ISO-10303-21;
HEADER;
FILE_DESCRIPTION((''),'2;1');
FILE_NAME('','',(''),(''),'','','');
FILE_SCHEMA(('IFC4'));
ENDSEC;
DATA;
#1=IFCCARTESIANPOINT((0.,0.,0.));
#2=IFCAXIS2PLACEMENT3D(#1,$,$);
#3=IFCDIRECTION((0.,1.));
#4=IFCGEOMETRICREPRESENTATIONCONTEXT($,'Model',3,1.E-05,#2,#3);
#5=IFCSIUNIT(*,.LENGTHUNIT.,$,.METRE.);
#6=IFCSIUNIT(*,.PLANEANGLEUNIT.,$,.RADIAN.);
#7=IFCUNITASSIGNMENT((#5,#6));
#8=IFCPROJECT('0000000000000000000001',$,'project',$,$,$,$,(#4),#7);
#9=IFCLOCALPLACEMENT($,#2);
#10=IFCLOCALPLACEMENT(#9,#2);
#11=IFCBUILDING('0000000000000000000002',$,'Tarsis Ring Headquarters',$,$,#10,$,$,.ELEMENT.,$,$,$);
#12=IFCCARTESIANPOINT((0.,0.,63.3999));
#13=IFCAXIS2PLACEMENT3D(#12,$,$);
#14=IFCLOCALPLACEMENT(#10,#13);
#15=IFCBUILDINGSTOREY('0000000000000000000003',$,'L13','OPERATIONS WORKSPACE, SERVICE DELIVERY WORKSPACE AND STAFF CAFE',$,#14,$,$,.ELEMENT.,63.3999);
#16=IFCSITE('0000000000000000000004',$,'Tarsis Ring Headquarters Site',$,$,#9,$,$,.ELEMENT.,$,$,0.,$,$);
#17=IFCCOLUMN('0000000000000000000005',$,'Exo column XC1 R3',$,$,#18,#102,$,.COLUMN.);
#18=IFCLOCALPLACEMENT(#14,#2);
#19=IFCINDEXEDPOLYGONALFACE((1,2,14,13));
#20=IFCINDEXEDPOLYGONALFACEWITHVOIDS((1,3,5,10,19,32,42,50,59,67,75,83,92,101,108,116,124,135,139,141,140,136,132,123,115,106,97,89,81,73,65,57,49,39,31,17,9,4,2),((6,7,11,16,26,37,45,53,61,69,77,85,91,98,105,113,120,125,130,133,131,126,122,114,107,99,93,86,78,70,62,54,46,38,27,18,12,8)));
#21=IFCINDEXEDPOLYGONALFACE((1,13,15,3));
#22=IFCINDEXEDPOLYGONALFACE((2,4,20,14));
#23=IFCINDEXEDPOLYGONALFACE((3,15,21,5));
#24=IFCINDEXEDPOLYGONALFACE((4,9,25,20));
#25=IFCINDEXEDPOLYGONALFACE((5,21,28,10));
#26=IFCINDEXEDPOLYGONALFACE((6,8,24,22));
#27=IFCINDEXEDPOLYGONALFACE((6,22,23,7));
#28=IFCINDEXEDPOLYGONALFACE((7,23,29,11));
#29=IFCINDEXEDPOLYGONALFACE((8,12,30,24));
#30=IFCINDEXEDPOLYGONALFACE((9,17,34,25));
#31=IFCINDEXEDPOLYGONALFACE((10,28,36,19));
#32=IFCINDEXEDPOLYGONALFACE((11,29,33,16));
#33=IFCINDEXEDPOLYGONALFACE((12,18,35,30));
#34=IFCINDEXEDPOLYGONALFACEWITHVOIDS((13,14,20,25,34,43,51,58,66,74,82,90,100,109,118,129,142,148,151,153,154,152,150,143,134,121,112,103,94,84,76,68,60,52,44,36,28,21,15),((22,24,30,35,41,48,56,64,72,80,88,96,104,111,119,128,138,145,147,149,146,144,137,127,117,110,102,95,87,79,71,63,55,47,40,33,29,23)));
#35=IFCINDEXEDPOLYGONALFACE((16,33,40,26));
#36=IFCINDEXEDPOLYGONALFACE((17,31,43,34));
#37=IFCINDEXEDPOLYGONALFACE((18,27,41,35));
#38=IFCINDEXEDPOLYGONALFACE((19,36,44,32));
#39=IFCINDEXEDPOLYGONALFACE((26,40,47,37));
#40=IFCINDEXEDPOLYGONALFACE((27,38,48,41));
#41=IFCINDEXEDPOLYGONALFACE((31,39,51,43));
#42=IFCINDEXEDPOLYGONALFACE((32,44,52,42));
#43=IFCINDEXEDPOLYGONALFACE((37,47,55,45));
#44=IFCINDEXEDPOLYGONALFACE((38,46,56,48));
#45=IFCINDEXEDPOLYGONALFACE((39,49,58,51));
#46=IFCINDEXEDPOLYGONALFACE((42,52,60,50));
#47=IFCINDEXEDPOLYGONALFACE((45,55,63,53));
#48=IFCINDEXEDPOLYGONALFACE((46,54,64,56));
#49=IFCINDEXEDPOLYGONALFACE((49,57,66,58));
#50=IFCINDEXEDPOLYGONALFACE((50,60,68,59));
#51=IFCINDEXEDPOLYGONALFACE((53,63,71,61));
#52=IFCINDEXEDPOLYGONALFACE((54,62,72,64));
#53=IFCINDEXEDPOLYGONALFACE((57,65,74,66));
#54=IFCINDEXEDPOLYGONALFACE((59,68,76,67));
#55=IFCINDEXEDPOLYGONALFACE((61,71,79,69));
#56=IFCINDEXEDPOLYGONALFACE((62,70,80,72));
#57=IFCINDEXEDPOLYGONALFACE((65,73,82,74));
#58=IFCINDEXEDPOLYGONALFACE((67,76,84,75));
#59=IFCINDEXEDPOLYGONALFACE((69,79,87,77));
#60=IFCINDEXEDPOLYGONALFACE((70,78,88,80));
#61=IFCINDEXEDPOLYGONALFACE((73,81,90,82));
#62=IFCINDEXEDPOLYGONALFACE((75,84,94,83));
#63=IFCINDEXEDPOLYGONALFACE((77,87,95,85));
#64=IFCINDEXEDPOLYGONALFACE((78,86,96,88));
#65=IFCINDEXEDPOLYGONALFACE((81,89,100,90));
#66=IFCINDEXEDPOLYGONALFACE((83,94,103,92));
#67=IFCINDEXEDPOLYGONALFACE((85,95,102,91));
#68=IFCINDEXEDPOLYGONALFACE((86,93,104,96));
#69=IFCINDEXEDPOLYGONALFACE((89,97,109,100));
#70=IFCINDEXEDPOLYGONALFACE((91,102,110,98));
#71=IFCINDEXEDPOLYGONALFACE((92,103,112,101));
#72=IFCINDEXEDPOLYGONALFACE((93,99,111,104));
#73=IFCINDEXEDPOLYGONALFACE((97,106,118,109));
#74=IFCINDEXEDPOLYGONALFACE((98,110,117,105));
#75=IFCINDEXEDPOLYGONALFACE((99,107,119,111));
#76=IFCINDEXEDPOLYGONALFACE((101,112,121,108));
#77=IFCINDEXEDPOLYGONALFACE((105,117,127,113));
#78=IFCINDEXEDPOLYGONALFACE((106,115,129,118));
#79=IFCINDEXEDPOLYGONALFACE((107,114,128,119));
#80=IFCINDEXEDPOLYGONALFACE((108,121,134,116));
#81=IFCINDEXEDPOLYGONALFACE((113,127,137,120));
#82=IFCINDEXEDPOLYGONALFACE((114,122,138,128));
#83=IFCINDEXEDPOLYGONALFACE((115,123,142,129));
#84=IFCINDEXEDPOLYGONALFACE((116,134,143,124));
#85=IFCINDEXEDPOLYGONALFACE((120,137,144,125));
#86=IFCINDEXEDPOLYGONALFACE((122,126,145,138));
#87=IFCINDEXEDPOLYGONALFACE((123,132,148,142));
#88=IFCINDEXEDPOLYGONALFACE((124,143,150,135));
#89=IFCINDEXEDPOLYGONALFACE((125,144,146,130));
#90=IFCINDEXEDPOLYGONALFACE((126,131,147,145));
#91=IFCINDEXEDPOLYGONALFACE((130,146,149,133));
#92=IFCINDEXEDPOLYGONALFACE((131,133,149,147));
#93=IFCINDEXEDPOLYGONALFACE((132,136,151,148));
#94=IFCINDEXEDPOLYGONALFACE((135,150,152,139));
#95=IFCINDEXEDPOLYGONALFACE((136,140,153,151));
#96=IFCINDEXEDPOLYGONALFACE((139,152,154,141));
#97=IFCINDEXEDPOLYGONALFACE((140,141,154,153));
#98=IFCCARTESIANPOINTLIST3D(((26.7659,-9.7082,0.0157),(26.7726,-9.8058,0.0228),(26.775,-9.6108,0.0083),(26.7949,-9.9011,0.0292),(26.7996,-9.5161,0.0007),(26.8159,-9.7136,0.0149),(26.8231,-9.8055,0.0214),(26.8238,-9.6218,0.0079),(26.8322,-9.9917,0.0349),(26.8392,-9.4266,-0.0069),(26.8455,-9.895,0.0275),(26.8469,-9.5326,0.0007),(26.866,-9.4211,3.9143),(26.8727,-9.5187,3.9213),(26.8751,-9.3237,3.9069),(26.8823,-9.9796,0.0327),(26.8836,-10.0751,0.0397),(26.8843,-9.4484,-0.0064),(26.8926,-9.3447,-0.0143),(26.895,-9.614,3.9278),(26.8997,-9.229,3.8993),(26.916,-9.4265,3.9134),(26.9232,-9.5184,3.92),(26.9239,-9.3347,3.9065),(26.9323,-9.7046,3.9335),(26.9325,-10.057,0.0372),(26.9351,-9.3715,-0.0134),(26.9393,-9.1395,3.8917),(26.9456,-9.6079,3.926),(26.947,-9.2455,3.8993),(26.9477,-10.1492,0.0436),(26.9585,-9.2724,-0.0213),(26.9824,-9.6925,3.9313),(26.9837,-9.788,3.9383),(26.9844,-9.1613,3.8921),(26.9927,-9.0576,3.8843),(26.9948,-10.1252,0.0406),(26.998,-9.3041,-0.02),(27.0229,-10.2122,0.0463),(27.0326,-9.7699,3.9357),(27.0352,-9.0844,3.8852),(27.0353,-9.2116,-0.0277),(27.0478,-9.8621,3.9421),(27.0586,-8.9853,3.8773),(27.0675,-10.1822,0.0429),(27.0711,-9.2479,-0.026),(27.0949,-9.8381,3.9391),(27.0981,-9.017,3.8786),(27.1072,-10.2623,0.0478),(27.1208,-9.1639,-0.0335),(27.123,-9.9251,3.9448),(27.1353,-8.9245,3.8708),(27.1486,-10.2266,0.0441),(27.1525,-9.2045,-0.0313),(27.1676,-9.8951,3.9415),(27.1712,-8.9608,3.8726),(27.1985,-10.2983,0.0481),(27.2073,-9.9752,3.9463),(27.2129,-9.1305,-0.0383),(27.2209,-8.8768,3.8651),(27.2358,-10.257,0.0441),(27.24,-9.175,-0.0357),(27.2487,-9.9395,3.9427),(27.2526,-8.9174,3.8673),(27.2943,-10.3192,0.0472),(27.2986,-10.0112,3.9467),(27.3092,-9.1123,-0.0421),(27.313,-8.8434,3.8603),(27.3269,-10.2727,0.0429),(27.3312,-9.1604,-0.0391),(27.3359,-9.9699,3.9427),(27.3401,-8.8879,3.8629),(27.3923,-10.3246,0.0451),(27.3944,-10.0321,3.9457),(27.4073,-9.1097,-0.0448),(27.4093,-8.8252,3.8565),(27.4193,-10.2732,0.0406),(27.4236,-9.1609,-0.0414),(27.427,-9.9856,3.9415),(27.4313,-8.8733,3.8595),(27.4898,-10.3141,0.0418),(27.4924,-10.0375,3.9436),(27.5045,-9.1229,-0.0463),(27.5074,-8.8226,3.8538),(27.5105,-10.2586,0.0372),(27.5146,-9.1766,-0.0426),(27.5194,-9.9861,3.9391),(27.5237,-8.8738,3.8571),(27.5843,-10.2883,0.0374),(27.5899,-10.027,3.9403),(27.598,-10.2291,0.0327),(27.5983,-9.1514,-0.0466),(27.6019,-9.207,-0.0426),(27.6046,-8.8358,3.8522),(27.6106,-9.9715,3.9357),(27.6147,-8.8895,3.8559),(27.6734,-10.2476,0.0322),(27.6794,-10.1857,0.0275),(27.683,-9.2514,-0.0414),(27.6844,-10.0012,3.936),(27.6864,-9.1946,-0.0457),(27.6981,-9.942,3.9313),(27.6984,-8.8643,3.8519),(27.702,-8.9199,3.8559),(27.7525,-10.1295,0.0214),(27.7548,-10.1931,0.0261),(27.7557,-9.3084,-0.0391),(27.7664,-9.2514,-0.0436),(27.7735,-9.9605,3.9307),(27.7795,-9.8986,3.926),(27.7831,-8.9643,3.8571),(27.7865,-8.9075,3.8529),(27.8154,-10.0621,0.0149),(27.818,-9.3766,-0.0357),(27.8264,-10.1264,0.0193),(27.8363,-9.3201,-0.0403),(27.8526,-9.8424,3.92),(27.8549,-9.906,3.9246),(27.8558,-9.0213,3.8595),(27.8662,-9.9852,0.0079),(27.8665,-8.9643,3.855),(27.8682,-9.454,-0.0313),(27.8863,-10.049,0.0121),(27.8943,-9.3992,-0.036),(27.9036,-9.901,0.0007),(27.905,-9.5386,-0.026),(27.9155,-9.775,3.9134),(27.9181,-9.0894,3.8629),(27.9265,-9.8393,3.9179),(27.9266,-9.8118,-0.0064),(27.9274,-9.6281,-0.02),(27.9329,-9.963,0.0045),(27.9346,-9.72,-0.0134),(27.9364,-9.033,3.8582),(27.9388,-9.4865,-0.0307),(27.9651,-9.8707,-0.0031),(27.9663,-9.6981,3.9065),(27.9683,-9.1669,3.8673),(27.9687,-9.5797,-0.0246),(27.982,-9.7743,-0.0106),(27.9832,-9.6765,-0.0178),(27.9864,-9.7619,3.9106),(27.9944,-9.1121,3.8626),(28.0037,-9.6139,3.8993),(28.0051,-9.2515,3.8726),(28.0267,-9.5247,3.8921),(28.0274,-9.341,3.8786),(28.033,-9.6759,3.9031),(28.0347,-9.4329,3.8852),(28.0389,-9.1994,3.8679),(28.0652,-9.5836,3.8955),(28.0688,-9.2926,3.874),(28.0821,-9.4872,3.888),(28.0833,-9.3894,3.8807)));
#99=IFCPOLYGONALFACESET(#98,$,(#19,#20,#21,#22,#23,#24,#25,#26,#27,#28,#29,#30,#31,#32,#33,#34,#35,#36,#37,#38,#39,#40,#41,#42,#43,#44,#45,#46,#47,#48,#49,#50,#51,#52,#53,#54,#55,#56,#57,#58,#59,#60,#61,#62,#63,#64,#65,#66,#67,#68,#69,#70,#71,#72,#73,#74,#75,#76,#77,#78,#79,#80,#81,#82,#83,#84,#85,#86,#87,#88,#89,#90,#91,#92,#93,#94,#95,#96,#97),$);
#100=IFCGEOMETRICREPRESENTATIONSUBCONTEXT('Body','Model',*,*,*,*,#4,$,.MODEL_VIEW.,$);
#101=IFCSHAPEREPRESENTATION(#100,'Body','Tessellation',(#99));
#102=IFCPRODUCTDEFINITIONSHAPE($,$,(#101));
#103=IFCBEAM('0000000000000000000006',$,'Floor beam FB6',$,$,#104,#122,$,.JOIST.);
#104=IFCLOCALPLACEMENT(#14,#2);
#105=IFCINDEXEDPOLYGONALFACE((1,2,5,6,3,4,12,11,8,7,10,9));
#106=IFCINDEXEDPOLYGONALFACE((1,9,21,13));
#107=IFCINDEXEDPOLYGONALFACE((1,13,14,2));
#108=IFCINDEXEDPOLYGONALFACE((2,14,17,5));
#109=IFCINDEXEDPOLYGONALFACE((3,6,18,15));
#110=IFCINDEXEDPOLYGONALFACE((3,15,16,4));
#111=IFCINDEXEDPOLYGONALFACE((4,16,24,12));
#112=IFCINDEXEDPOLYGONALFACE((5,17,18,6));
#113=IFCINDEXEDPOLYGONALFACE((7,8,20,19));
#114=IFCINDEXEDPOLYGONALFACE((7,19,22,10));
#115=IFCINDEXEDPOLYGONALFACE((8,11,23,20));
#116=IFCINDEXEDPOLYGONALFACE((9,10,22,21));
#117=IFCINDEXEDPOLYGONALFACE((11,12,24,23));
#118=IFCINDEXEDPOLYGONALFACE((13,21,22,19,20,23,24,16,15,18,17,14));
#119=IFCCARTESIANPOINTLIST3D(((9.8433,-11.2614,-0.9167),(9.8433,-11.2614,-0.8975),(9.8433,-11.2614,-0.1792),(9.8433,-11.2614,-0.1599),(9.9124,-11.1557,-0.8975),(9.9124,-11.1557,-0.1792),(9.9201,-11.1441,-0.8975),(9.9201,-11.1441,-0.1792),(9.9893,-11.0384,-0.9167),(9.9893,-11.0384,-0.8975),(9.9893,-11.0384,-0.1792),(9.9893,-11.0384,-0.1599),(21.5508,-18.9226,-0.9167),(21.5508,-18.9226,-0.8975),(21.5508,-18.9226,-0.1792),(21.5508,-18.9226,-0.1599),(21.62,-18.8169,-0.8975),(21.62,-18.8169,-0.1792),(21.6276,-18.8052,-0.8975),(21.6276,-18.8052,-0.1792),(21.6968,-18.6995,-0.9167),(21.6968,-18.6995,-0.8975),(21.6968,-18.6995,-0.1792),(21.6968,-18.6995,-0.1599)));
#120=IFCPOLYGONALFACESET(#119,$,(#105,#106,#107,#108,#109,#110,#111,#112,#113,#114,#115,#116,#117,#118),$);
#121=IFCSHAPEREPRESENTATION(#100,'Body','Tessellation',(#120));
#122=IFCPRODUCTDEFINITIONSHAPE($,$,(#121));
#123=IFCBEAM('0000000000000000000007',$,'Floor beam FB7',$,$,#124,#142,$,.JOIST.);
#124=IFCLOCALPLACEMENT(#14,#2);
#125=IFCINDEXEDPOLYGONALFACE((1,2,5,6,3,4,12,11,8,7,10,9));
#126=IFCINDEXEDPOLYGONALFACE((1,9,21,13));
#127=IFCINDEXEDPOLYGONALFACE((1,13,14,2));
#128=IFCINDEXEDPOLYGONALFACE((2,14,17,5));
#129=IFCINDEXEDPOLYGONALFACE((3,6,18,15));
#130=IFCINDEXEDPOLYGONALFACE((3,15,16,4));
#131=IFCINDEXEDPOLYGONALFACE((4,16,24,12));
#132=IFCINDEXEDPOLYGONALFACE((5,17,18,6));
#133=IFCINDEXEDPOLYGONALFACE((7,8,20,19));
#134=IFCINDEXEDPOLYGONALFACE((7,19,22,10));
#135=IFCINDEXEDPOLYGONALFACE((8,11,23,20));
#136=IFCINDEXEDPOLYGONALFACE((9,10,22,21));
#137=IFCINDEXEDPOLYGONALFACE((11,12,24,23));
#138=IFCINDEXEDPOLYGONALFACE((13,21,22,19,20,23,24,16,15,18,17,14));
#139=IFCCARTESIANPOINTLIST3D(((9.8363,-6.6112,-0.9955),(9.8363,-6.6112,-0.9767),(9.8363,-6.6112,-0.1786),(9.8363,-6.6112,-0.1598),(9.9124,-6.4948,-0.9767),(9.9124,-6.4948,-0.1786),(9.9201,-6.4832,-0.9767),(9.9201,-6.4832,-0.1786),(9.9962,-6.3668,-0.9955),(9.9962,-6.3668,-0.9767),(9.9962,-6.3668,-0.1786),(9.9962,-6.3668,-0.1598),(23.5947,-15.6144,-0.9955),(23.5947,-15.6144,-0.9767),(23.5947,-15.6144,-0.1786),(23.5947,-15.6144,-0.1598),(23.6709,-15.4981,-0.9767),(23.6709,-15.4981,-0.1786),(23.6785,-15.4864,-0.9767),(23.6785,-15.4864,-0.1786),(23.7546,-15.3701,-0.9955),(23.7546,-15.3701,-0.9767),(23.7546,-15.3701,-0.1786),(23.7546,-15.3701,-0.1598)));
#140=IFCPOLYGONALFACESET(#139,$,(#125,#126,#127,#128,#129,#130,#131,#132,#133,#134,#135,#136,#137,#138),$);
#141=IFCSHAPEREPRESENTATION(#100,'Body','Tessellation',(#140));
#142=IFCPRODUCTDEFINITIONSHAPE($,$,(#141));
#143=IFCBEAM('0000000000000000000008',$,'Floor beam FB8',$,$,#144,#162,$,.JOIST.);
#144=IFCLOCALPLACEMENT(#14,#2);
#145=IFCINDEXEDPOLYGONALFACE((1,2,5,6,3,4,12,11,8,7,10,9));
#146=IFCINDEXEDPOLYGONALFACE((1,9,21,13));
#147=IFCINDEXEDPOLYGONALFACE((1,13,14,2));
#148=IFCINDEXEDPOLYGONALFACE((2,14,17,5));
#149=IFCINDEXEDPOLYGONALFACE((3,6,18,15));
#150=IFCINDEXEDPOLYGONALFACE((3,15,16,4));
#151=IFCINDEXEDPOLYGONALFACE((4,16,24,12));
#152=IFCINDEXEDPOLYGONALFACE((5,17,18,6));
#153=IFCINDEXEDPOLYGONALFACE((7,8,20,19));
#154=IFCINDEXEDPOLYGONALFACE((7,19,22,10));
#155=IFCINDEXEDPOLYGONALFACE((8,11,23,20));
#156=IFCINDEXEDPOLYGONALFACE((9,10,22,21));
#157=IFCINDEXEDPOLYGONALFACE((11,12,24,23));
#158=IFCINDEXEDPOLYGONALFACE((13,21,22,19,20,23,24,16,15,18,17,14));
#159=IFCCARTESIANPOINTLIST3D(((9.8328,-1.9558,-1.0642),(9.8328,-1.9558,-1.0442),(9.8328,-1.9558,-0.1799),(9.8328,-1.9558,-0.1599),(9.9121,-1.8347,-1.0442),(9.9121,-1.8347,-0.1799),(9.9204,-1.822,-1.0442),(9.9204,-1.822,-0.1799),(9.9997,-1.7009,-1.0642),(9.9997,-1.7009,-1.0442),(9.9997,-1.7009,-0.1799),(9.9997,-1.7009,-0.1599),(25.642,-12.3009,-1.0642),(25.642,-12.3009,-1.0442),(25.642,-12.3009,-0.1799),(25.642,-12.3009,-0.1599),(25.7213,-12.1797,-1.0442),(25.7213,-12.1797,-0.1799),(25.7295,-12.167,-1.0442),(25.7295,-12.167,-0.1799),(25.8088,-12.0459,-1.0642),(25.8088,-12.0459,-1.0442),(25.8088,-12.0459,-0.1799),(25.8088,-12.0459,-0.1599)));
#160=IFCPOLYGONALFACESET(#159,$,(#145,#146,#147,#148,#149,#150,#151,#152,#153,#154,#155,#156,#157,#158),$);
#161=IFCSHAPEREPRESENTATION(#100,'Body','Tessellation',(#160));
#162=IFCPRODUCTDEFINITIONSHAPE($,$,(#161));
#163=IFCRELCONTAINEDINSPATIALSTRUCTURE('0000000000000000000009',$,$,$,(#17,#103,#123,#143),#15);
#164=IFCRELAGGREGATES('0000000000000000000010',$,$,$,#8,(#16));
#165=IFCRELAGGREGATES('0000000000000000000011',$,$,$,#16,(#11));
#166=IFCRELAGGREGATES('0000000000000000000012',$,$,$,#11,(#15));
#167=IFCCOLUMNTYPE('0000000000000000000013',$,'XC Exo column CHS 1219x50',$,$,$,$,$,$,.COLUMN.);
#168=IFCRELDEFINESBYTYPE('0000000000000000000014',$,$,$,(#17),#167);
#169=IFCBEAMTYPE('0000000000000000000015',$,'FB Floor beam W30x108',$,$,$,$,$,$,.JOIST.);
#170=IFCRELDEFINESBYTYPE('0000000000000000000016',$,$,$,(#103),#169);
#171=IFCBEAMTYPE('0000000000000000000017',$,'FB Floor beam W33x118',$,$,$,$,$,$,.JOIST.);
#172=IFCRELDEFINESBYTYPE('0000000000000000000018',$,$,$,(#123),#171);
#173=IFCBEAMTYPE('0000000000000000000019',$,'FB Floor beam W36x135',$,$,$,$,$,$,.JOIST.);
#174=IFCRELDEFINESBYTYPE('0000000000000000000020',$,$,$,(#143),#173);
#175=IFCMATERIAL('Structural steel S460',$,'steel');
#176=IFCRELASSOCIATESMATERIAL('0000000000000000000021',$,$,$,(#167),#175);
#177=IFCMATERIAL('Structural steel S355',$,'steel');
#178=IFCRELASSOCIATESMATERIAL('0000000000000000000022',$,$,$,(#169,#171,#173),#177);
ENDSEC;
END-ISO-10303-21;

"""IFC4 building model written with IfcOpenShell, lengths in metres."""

from ifc_helpers import new_model, si_unit, direction, frame, origin, origin_2d, place, context, subcontext, project, spatial, hollow_circle, i_section, extrude, material, material_profile, profile_set, type_object, element, save


model = new_model("IFC4")

# Units and contexts
model_context = context("Model", 3, precision=1e-05, world=origin(), true_north=direction((0.0, 1.0)))
body_context = subcontext(model_context, "Body", "Model", "MODEL_VIEW")
ifc_project = project(units=[si_unit("LENGTHUNIT", "METRE"), si_unit("PLANEANGLEUNIT", "RADIAN")], contexts=[model_context])

# Site, building, storey
site_placement = place(None, origin())
site = spatial("IfcSite", under=ifc_project, at=site_placement, Name="Tarsis Ring Headquarters Site", CompositionType="ELEMENT", RefElevation=0.0)
building_placement = place(site_placement, origin())
building = spatial("IfcBuilding", under=site, at=building_placement, Name="Tarsis Ring Headquarters", CompositionType="ELEMENT")
storey_placement = place(building_placement, frame((0.0, 0.0, 63.3999)))
storey = spatial("IfcBuildingStorey", under=building, at=storey_placement, Name="L13", Description="OPERATIONS WORKSPACE, SERVICE DELIVERY WORKSPACE AND STAFF CAFE", CompositionType="ELEMENT", Elevation=63.3999)

# Column
ifc_material_1 = material(Name="Structural steel S460", Category="steel")
ifc_material_profile_1 = material_profile(ifc_material_1, hollow_circle(Radius=0.6096, WallThickness=0.05, at=origin_2d()), Name="CHS 1219x50")
ifc_profile_set_1 = profile_set([ifc_material_profile_1], Name="Structural steel S460")
column_type = type_object("IfcColumnType", Name="XC Exo column CHS 1219x50", PredefinedType="COLUMN", material=ifc_profile_set_1)
column_placement = place(storey_placement, frame((27.3752, -9.7168, 0.0007), z_axis=(0.025597, 0.07342, 0.996973), x_axis=(-0.944258, 0.329206, 0.0)))
element("IfcColumn", 1, at=column_placement, inside=storey, type_object=column_type, Name="Exo column XC1 R3", PredefinedType="COLUMN", context=body_context, shape_type="SweptSolid", body=[
    extrude(hollow_circle(Radius=0.6096, WallThickness=0.05, at=origin_2d()), origin(), (0.0, 0.0, 1.0), 3.9104),
])

# Beams
ifc_material_2 = material(Name="Structural steel S355", Category="steel")
ifc_material_profile_2 = material_profile(ifc_material_2, i_section(OverallWidth=0.2666, OverallDepth=0.7568, WebThickness=0.0139, FlangeThickness=0.0193, at=origin_2d()), Name="W30x108")
ifc_profile_set_2 = profile_set([ifc_material_profile_2], Name="Structural steel S355")
beam_type_1 = type_object("IfcBeamType", Name="FB Floor beam W30x108", PredefinedType="JOIST", material=ifc_profile_set_2)
beam_1_placement = place(storey_placement, frame((9.9163, -11.1499, -0.5383), z_axis=(0.836766, -0.547561, 0.0), x_axis=(0.547561, 0.836766, 0.0)))
element("IfcBeam", 2, at=beam_1_placement, inside=storey, type_object=beam_type_1, Name="Floor beam FB6", PredefinedType="JOIST", context=body_context, shape_type="SweptSolid", body=[
    extrude(i_section(OverallWidth=0.2666, OverallDepth=0.7568, WebThickness=0.0139, FlangeThickness=0.0193, at=origin_2d()), origin(), (0.0, 0.0, 1.0), 13.9915),
])
ifc_material_profile_3 = material_profile(ifc_material_2, i_section(OverallWidth=0.292, OverallDepth=0.8357, WebThickness=0.0139, FlangeThickness=0.0188, at=origin_2d()), Name="W33x118")
ifc_profile_set_3 = profile_set([ifc_material_profile_3], Name="Structural steel S355")
beam_type_2 = type_object("IfcBeamType", Name="FB Floor beam W33x118", PredefinedType="JOIST", material=ifc_profile_set_3)
beam_2_placement = place(storey_placement, frame((9.9163, -6.489, -0.5776), z_axis=(0.836764, -0.547563, 0.0), x_axis=(0.547563, 0.836764, 0.0)))
element("IfcBeam", 3, at=beam_2_placement, inside=storey, type_object=beam_type_2, Name="Floor beam FB7", PredefinedType="JOIST", context=body_context, shape_type="SweptSolid", body=[
    extrude(i_section(OverallWidth=0.292, OverallDepth=0.8357, WebThickness=0.0139, FlangeThickness=0.0188, at=origin_2d()), origin(), (0.0, 0.0, 1.0), 16.4424),
])
ifc_material_profile_4 = material_profile(ifc_material_2, i_section(OverallWidth=0.3047, OverallDepth=0.9043, WebThickness=0.0151, FlangeThickness=0.02, at=origin_2d()), Name="W36x135")
ifc_profile_set_4 = profile_set([ifc_material_profile_4], Name="Structural steel S355")
beam_type_3 = type_object("IfcBeamType", Name="FB Floor beam W36x135", PredefinedType="JOIST", material=ifc_profile_set_4)
beam_3_placement = place(storey_placement, frame((9.9163, -1.8284, -0.6121), z_axis=(0.836769, -0.547556, 0.0), x_axis=(0.547556, 0.836769, 0.0)))
element("IfcBeam", 4, at=beam_3_placement, inside=storey, type_object=beam_type_3, Name="Floor beam FB8", PredefinedType="JOIST", context=body_context, shape_type="SweptSolid", body=[
    extrude(i_section(OverallWidth=0.3047, OverallDepth=0.9043, WebThickness=0.0151, FlangeThickness=0.02, at=origin_2d()), origin(), (0.0, 0.0, 1.0), 18.8931),
])

save(model, "model.ifc")
